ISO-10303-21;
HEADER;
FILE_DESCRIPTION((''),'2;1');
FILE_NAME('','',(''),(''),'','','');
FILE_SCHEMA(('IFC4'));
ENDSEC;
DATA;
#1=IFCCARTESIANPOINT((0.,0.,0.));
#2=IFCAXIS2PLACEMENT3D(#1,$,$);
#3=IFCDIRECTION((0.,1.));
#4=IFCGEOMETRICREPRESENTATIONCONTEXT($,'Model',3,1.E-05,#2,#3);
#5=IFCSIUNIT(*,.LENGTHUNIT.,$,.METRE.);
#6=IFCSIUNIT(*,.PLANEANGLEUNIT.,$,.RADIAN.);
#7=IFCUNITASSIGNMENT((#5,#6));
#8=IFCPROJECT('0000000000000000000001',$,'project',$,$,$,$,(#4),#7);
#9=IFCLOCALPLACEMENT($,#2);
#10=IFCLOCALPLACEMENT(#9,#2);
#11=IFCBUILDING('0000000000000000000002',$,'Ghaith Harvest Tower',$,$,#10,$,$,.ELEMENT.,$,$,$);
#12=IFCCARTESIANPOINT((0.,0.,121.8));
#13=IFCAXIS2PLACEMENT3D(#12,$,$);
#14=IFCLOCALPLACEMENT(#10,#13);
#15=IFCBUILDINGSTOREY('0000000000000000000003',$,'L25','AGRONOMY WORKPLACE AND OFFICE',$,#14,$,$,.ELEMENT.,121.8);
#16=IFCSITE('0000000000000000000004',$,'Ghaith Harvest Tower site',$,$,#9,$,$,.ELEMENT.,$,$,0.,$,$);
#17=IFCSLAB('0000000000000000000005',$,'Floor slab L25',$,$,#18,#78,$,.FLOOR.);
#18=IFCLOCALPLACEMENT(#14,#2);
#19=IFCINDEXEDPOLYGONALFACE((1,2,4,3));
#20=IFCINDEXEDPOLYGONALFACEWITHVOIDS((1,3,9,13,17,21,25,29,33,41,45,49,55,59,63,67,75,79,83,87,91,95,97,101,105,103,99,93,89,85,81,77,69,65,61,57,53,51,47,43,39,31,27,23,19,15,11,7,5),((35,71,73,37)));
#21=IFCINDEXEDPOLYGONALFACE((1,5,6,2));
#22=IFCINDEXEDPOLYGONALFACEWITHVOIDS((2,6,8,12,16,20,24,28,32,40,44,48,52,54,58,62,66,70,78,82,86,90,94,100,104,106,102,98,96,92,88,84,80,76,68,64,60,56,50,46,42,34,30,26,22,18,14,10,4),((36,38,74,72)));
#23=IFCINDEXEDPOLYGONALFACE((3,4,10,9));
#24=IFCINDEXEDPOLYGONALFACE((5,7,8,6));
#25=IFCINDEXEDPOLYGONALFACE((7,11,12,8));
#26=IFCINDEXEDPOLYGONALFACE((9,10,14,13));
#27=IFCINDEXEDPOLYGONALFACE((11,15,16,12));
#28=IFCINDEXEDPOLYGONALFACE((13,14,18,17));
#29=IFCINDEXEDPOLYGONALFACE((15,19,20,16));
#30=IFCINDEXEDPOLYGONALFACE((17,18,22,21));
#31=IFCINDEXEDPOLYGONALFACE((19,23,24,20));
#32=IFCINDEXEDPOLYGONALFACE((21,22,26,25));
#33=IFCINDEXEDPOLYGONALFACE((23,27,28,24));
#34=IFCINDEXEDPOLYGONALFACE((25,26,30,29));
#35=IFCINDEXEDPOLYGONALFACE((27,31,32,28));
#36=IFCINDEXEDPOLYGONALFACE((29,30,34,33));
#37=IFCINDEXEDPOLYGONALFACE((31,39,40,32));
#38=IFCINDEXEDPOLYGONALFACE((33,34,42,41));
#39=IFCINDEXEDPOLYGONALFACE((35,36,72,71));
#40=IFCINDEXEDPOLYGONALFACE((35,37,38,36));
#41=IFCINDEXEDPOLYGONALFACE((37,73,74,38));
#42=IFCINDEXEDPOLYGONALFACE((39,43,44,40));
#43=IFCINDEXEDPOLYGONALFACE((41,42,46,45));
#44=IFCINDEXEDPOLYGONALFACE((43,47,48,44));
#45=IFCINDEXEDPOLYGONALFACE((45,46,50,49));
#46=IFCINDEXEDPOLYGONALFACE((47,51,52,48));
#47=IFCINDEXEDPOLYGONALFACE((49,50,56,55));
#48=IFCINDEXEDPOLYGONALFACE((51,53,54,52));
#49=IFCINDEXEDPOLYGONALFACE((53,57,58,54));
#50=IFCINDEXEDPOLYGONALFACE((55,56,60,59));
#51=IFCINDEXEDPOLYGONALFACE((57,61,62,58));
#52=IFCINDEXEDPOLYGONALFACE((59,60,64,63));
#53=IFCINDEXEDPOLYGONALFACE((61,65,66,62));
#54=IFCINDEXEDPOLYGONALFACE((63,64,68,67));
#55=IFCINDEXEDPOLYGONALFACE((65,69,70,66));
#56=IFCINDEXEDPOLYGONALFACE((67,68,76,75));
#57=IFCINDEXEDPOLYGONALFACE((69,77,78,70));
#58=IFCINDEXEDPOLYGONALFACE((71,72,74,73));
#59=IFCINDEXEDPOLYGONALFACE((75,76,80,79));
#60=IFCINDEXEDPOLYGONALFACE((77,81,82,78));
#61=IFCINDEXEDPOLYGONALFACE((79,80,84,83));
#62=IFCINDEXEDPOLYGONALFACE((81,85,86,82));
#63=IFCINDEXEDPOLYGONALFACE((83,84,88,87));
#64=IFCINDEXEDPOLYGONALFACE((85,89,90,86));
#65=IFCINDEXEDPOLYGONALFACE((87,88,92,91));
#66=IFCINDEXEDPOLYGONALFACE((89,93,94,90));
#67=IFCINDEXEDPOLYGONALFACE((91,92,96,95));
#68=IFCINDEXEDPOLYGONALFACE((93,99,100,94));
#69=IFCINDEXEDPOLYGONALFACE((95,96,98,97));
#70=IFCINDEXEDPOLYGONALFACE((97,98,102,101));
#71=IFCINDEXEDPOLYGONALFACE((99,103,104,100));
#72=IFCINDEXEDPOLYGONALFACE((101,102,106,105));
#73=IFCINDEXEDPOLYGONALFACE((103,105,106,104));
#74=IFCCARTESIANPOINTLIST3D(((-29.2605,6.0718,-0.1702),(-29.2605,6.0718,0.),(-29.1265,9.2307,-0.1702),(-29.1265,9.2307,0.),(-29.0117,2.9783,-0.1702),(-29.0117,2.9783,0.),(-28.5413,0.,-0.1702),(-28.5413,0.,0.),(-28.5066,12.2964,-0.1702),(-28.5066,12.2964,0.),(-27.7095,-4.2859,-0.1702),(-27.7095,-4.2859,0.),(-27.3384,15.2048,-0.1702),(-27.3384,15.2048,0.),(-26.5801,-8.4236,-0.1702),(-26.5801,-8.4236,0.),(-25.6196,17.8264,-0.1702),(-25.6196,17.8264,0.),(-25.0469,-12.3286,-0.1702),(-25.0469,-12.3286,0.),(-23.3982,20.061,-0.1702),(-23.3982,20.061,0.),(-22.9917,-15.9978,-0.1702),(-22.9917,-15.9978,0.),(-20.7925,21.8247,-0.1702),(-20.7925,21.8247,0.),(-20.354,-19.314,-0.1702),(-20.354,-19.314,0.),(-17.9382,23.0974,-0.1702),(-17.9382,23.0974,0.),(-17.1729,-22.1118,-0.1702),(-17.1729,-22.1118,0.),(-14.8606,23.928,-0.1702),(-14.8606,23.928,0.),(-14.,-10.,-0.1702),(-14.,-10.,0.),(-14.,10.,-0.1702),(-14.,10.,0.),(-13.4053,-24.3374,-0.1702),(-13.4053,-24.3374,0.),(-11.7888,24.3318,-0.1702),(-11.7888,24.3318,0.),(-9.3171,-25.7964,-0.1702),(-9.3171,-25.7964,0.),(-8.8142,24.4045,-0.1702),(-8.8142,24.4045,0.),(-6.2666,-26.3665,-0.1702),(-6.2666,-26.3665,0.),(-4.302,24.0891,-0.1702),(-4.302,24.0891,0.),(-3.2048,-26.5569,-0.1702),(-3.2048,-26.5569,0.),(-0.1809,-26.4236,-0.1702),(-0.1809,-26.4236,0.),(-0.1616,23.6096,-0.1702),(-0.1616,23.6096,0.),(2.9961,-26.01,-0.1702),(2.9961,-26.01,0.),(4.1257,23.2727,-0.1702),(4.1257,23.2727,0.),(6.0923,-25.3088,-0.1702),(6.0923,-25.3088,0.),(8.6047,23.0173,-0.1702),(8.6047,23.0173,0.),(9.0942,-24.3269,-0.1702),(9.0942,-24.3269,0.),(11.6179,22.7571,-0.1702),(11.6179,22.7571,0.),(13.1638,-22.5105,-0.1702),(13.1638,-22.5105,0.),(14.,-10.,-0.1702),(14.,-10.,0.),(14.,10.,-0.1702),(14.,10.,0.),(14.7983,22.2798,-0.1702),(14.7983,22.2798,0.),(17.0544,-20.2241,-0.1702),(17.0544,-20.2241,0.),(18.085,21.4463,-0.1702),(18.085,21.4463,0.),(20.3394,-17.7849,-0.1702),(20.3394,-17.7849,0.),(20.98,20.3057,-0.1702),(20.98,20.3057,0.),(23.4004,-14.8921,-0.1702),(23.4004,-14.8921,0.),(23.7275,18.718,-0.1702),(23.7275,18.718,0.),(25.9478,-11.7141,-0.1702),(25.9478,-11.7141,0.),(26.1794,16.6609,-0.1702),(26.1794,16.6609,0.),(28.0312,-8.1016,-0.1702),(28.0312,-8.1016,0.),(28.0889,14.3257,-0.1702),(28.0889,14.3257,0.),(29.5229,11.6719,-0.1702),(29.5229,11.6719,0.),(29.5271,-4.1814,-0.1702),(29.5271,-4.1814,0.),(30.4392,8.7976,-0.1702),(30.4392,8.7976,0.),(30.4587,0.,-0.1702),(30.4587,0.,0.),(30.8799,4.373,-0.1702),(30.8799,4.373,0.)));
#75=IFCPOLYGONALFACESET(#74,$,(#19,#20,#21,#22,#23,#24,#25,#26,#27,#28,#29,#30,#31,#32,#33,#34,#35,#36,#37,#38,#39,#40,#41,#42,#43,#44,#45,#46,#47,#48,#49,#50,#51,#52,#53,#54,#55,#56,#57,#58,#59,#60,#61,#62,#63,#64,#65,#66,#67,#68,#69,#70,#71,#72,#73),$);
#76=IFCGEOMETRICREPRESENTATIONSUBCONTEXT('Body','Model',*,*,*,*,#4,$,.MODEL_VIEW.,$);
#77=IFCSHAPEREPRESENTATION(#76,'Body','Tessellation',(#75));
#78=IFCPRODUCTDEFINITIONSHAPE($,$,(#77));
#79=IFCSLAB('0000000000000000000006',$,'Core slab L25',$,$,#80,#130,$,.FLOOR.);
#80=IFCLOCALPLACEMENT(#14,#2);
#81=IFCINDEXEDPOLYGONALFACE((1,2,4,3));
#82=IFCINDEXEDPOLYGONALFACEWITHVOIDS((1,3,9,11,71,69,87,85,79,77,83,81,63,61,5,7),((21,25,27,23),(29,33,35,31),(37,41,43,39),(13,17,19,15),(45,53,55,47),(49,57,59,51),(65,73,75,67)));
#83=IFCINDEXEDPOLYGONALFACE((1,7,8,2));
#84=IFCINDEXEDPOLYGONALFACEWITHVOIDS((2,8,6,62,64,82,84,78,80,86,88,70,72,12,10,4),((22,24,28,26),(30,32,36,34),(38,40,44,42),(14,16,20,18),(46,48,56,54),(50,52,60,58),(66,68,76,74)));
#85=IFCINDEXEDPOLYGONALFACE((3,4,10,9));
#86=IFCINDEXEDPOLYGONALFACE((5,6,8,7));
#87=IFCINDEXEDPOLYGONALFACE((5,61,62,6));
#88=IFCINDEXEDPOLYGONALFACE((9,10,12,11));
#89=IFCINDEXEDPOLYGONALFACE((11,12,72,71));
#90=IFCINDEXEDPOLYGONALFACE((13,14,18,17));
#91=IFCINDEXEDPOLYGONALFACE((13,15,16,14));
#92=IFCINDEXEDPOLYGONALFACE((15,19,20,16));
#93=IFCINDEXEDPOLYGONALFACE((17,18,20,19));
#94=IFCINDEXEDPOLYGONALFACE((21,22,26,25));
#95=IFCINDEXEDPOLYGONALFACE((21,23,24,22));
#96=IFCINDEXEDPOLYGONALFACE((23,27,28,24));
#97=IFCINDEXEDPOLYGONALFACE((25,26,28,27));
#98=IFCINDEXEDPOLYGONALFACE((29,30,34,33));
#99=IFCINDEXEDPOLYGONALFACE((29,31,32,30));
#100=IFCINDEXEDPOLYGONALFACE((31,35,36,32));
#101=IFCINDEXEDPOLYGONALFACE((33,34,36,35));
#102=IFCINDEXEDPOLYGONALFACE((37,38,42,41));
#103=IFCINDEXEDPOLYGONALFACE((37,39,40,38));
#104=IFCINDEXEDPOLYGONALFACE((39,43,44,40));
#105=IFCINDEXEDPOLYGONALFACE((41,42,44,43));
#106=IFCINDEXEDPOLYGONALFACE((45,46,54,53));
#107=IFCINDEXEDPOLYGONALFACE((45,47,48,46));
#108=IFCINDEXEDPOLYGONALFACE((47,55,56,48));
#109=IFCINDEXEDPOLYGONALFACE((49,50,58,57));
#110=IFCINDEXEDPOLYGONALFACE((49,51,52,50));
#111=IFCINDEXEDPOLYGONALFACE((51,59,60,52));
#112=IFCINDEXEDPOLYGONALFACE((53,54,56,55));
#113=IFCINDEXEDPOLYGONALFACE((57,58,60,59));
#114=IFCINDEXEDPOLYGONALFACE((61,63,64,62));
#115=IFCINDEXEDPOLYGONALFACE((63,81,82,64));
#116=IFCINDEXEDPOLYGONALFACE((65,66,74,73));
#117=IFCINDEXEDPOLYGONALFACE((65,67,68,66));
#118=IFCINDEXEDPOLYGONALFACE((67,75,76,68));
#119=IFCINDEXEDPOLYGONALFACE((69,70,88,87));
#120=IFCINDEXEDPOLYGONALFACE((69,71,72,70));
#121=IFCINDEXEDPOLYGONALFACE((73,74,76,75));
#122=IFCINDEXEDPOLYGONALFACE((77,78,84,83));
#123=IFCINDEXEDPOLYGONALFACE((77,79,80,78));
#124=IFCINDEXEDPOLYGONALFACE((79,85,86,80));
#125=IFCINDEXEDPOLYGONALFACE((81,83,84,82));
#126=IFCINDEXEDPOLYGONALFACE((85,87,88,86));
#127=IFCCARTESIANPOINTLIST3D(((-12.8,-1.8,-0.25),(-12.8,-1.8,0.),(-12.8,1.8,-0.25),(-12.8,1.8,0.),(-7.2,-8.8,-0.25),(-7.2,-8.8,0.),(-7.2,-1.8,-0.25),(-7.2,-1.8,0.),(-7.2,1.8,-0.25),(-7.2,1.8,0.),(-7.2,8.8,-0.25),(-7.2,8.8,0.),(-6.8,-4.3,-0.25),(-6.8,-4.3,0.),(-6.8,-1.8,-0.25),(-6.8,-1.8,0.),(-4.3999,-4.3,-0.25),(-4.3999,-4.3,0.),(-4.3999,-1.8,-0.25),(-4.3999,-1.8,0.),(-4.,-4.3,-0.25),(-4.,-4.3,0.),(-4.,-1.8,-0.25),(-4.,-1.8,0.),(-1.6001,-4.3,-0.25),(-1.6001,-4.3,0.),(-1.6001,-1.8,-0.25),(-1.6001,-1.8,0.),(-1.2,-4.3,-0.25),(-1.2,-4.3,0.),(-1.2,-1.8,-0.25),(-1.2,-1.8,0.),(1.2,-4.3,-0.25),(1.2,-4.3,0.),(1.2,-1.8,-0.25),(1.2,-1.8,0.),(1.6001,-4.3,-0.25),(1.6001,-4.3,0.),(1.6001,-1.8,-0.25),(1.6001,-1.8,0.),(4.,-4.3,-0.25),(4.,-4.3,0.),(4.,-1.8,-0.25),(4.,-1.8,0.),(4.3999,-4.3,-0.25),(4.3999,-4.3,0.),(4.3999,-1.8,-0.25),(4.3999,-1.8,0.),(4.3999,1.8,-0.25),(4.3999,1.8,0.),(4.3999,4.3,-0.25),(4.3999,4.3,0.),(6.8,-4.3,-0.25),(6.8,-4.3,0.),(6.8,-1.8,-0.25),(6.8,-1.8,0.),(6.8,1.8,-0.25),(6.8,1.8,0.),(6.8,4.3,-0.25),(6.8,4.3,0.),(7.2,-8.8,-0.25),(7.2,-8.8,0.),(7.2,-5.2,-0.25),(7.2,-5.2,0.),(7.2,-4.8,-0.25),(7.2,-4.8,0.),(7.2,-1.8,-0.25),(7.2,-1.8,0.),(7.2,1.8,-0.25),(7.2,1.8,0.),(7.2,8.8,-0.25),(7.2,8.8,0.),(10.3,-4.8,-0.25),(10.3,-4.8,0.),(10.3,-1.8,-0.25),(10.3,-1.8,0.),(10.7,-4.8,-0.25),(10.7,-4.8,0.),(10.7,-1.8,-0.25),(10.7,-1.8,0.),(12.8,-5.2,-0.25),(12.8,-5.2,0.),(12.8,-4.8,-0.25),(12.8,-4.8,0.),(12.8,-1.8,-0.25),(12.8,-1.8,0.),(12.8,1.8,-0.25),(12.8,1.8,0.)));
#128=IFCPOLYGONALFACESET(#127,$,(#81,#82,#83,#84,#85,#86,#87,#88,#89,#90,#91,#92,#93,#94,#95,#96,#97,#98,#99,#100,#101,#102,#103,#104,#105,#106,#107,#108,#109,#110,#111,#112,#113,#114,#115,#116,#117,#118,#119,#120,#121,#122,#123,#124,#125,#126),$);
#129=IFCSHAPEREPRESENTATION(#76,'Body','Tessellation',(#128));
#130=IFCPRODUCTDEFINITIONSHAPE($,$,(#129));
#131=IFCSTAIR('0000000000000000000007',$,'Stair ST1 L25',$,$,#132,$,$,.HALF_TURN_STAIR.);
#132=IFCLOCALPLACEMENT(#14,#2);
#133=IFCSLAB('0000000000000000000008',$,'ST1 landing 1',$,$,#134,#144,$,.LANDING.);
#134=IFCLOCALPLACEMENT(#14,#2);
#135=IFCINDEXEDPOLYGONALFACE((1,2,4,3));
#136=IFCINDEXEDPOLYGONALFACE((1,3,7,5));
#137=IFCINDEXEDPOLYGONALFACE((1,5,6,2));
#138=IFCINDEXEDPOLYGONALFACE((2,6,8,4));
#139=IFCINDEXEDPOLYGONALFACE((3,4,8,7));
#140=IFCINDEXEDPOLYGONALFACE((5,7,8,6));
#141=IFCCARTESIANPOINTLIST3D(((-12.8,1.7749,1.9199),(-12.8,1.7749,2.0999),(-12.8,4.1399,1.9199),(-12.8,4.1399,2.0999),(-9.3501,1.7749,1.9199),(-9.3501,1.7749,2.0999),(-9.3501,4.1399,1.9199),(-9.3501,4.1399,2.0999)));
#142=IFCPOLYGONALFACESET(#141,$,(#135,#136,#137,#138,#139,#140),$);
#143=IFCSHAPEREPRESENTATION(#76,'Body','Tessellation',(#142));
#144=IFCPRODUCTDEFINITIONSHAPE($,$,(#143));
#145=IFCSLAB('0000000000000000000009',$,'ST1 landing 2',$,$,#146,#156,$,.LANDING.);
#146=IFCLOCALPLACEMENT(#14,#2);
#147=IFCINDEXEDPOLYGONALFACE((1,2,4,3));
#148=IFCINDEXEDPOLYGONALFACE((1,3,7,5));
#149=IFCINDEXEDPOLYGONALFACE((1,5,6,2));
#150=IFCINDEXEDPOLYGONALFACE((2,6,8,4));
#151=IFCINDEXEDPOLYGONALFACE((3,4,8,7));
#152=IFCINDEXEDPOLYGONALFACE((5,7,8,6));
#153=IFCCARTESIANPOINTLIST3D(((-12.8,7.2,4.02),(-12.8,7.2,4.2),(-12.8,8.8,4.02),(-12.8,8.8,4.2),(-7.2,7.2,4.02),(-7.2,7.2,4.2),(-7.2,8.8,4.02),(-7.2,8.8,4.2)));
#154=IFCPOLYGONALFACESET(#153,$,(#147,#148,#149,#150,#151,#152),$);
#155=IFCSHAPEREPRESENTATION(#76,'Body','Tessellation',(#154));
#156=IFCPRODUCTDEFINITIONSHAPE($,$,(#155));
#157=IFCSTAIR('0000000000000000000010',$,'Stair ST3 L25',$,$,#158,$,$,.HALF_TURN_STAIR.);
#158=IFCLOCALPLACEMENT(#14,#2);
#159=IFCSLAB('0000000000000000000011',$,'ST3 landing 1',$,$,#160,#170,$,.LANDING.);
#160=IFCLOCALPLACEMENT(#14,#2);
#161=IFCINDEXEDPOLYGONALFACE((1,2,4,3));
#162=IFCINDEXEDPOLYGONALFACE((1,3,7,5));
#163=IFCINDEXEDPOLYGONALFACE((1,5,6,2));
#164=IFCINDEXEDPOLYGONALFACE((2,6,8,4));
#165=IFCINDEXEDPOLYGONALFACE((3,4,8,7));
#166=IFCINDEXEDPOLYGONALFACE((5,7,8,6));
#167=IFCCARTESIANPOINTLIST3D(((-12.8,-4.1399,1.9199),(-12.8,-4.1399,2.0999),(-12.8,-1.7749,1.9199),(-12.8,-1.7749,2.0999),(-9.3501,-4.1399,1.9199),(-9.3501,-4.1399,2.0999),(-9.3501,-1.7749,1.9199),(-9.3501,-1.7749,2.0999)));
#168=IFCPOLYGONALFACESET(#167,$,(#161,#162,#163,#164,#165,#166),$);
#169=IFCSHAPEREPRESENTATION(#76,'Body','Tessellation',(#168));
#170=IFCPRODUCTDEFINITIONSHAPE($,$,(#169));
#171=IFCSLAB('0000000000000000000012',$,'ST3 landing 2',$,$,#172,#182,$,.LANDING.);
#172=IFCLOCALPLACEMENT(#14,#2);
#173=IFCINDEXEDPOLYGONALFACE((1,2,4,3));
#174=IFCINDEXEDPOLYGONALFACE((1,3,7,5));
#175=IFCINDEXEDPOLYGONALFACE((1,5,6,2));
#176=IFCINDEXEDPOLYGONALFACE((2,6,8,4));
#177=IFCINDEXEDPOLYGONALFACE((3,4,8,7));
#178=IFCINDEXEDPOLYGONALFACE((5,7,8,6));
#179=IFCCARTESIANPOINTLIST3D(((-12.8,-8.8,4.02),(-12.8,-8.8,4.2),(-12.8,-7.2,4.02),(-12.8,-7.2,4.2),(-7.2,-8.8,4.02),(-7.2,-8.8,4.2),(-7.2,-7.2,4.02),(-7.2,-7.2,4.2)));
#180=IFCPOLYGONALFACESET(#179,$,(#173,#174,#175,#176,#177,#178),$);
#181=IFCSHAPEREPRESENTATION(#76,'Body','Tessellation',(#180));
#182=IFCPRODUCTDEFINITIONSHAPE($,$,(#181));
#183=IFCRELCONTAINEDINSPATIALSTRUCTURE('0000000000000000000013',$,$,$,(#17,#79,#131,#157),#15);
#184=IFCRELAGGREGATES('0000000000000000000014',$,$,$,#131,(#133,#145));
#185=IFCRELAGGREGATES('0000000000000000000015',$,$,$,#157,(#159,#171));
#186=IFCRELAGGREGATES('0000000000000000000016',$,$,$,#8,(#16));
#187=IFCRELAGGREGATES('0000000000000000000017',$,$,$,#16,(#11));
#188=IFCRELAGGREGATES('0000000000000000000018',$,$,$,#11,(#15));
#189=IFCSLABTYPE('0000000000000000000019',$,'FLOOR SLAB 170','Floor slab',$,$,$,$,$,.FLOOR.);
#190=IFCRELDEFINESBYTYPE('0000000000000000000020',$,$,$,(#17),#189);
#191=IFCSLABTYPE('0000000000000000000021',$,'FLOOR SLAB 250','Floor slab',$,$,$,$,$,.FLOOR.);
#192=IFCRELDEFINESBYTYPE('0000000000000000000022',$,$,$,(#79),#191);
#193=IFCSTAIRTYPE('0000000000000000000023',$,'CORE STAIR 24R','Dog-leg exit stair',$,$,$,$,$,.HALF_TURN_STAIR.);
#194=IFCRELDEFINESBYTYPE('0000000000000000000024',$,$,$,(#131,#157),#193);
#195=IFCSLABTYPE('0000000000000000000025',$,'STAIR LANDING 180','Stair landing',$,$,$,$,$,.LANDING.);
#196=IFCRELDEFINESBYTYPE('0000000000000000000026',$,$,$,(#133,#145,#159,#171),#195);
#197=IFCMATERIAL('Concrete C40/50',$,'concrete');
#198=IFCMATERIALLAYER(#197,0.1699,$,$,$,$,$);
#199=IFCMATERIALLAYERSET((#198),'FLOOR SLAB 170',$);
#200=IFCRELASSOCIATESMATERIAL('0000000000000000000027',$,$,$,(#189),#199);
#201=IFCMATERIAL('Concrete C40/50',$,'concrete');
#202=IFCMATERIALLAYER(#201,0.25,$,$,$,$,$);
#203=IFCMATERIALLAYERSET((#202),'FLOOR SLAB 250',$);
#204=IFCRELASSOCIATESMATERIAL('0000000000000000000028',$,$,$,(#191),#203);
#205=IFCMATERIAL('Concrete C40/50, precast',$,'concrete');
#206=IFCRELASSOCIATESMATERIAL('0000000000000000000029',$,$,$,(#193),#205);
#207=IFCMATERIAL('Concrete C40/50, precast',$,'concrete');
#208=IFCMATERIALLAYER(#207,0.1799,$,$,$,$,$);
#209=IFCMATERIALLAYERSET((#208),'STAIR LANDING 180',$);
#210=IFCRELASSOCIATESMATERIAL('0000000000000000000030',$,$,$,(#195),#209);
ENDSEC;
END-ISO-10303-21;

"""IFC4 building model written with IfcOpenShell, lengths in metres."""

from ifc_helpers import new_model, si_unit, direction, frame, origin, place, context, subcontext, project, spatial, polyline, outline, extrude, material, layer, layer_set, type_object, element, aggregate, save


model = new_model("IFC4")

# Units and contexts
model_context = context("Model", 3, precision=1e-05, world=origin(), true_north=direction((0.0, 1.0)))
body_context = subcontext(model_context, "Body", "Model", "MODEL_VIEW")
ifc_project = project(units=[si_unit("LENGTHUNIT", "METRE"), si_unit("PLANEANGLEUNIT", "RADIAN")], contexts=[model_context])

# Site, building, storey
site_placement = place(None, origin())
site = spatial("IfcSite", under=ifc_project, at=site_placement, Name="Ghaith Harvest Tower site", CompositionType="ELEMENT", RefElevation=0.0)
building_placement = place(site_placement, origin())
building = spatial("IfcBuilding", under=site, at=building_placement, Name="Ghaith Harvest Tower", CompositionType="ELEMENT")
storey_placement = place(building_placement, frame((0.0, 0.0, 121.8)))
storey = spatial("IfcBuildingStorey", under=building, at=storey_placement, Name="L25", Description="AGRONOMY WORKPLACE AND OFFICE", CompositionType="ELEMENT", Elevation=121.8)

# Slabs
ifc_material_1 = material(Name="Concrete C40/50", Category="concrete")
ifc_layer_1 = layer(ifc_material_1, 0.1699)
ifc_layer_set_1 = layer_set([ifc_layer_1], Name="FLOOR SLAB 170")
slab_type_1 = type_object("IfcSlabType", Name="FLOOR SLAB 170", Description="Floor slab", PredefinedType="FLOOR", material=ifc_layer_set_1)
slab_1_placement = place(storey_placement, frame((0.0, 0.0, -0.1702)))
element("IfcSlab", 1, at=slab_1_placement, inside=storey, type_object=slab_type_1, Name="Floor slab L25", PredefinedType="FLOOR", context=body_context, shape_type="SweptSolid", body=[
    extrude(outline(polyline([(30.4587, 0.0), (30.8799, 4.373), (30.4392, 8.7976), (29.5229, 11.6719), (28.0889, 14.3257), (26.1794, 16.6609), (23.7275, 18.718), (20.98, 20.3057), (18.085, 21.4463), (14.7983, 22.2798), (11.6179, 22.7571), (8.6047, 23.0173), (4.1257, 23.2727), (-0.1616, 23.6096), (-4.302, 24.0891), (-8.8142, 24.4045), (-11.7888, 24.3318), (-14.8606, 23.928), (-17.9382, 23.0974), (-20.7925, 21.8247), (-23.3982, 20.061), (-25.6196, 17.8264), (-27.3384, 15.2048), (-28.5066, 12.2964), (-29.1265, 9.2307), (-29.2605, 6.0718), (-29.0117, 2.9783), (-28.5413, 0.0), (-27.7095, -4.2859), (-26.5801, -8.4236), (-25.0469, -12.3286), (-22.9917, -15.9978), (-20.354, -19.314), (-17.1729, -22.1118), (-13.4053, -24.3374), (-9.3171, -25.7964), (-6.2666, -26.3665), (-3.2048, -26.5569), (-0.1809, -26.4236), (2.9961, -26.01), (6.0923, -25.3088), (9.0942, -24.3269), (13.1638, -22.5105), (17.0544, -20.2241), (20.3394, -17.7849), (23.4004, -14.8921), (25.9478, -11.7141), (28.0312, -8.1016), (29.5271, -4.1814), (30.4587, 0.0)]), holes=[polyline([(-14.0, -10.0), (14.0, -10.0), (14.0, 10.0), (-14.0, 10.0), (-14.0, -10.0)])]), origin(), (0.0, 0.0, 1.0), 0.1702),
])
ifc_material_2 = material(Name="Concrete C40/50", Category="concrete")
ifc_layer_2 = layer(ifc_material_2, 0.25)
ifc_layer_set_2 = layer_set([ifc_layer_2], Name="FLOOR SLAB 250")
slab_type_2 = type_object("IfcSlabType", Name="FLOOR SLAB 250", Description="Floor slab", PredefinedType="FLOOR", material=ifc_layer_set_2)
slab_2_placement = place(storey_placement, frame((0.0, 0.0, -0.25)))
element("IfcSlab", 2, at=slab_2_placement, inside=storey, type_object=slab_type_2, Name="Core slab L25", PredefinedType="FLOOR", context=body_context, shape_type="SweptSolid", body=[
    extrude(outline(polyline([(-12.8, 1.8), (-7.2, 1.8), (-7.2, 8.8), (7.2, 8.8), (7.2, 1.8), (12.8, 1.8), (12.8, -1.8), (10.7, -1.8), (10.7, -4.8), (12.8, -4.8), (12.8, -5.2), (7.2, -5.2), (7.2, -8.8), (-7.2, -8.8), (-7.2, -1.8), (-12.8, -1.8), (-12.8, 1.8)]), holes=[polyline([(-4.3999, -4.3), (-4.3999, -1.8), (-6.8, -1.8), (-6.8, -4.3), (-4.3999, -4.3)]), polyline([(-1.6001, -4.3), (-1.6001, -1.8), (-4.0, -1.8), (-4.0, -4.3), (-1.6001, -4.3)]), polyline([(1.2, -1.8), (-1.2, -1.8), (-1.2, -4.3), (1.2, -4.3), (1.2, -1.8)]), polyline([(4.0, -4.3), (4.0, -1.8), (1.6001, -1.8), (1.6001, -4.3), (4.0, -4.3)]), polyline([(10.3, -4.8), (10.3, -1.8), (7.2, -1.8), (7.2, -4.8), (10.3, -4.8)]), polyline([(6.8, -1.8), (4.3999, -1.8), (4.3999, -4.3), (6.8, -4.3), (6.8, -1.8)]), polyline([(6.8, 1.8), (6.8, 4.3), (4.3999, 4.3), (4.3999, 1.8), (6.8, 1.8)])]), origin(), (0.0, 0.0, 1.0), 0.25),
])

# Stairs, slabs
ifc_material_3 = material(Name="Concrete C40/50, precast", Category="concrete")
stair_type = type_object("IfcStairType", Name="CORE STAIR 24R", Description="Dog-leg exit stair", PredefinedType="HALF_TURN_STAIR", material=ifc_material_3)
stair_1_placement = place(storey_placement, origin())
stair_1 = element("IfcStair", 3, at=stair_1_placement, inside=storey, type_object=stair_type, Name="Stair ST1 L25", PredefinedType="HALF_TURN_STAIR")
ifc_material_4 = material(Name="Concrete C40/50, precast", Category="concrete")
ifc_layer_3 = layer(ifc_material_4, 0.1799)
ifc_layer_set_3 = layer_set([ifc_layer_3], Name="STAIR LANDING 180")
slab_type_3 = type_object("IfcSlabType", Name="STAIR LANDING 180", Description="Stair landing", PredefinedType="LANDING", material=ifc_layer_set_3)
slab_3_placement = place(storey_placement, frame((0.0, 0.0, 1.9199)))
slab_3 = element("IfcSlab", 4, at=slab_3_placement, type_object=slab_type_3, Name="ST1 landing 1", PredefinedType="LANDING", context=body_context, shape_type="SweptSolid", body=[
    extrude(outline(polyline([(-12.8, 4.1399), (-12.8, 1.7749), (-9.3501, 1.7749), (-9.3501, 4.1399), (-12.8, 4.1399)])), origin(), (0.0, 0.0, 1.0), 0.1799),
])
slab_4_placement = place(storey_placement, frame((0.0, 0.0, 4.02)))
slab_4 = element("IfcSlab", 5, at=slab_4_placement, type_object=slab_type_3, Name="ST1 landing 2", PredefinedType="LANDING", context=body_context, shape_type="SweptSolid", body=[
    extrude(outline(polyline([(-12.8, 8.8), (-12.8, 7.2), (-7.2, 7.2), (-7.2, 8.8), (-12.8, 8.8)])), origin(), (0.0, 0.0, 1.0), 0.1799),
])
aggregate(stair_1, [slab_3, slab_4])
stair_2_placement = place(storey_placement, origin())
stair_2 = element("IfcStair", 6, at=stair_2_placement, inside=storey, type_object=stair_type, Name="Stair ST3 L25", PredefinedType="HALF_TURN_STAIR")
slab_5_placement = place(storey_placement, frame((0.0, 0.0, 1.9199)))
slab_5 = element("IfcSlab", 7, at=slab_5_placement, type_object=slab_type_3, Name="ST3 landing 1", PredefinedType="LANDING", context=body_context, shape_type="SweptSolid", body=[
    extrude(outline(polyline([(-12.8, -4.1399), (-12.8, -1.7749), (-9.3501, -1.7749), (-9.3501, -4.1399), (-12.8, -4.1399)])), origin(), (0.0, 0.0, 1.0), 0.1799),
])
slab_6_placement = place(storey_placement, frame((0.0, 0.0, 4.02)))
slab_6 = element("IfcSlab", 8, at=slab_6_placement, type_object=slab_type_3, Name="ST3 landing 2", PredefinedType="LANDING", context=body_context, shape_type="SweptSolid", body=[
    extrude(outline(polyline([(-12.8, -8.8), (-12.8, -7.2), (-7.2, -7.2), (-7.2, -8.8), (-12.8, -8.8)])), origin(), (0.0, 0.0, 1.0), 0.1799),
])
aggregate(stair_2, [slab_5, slab_6])

save(model, "model.ifc")
